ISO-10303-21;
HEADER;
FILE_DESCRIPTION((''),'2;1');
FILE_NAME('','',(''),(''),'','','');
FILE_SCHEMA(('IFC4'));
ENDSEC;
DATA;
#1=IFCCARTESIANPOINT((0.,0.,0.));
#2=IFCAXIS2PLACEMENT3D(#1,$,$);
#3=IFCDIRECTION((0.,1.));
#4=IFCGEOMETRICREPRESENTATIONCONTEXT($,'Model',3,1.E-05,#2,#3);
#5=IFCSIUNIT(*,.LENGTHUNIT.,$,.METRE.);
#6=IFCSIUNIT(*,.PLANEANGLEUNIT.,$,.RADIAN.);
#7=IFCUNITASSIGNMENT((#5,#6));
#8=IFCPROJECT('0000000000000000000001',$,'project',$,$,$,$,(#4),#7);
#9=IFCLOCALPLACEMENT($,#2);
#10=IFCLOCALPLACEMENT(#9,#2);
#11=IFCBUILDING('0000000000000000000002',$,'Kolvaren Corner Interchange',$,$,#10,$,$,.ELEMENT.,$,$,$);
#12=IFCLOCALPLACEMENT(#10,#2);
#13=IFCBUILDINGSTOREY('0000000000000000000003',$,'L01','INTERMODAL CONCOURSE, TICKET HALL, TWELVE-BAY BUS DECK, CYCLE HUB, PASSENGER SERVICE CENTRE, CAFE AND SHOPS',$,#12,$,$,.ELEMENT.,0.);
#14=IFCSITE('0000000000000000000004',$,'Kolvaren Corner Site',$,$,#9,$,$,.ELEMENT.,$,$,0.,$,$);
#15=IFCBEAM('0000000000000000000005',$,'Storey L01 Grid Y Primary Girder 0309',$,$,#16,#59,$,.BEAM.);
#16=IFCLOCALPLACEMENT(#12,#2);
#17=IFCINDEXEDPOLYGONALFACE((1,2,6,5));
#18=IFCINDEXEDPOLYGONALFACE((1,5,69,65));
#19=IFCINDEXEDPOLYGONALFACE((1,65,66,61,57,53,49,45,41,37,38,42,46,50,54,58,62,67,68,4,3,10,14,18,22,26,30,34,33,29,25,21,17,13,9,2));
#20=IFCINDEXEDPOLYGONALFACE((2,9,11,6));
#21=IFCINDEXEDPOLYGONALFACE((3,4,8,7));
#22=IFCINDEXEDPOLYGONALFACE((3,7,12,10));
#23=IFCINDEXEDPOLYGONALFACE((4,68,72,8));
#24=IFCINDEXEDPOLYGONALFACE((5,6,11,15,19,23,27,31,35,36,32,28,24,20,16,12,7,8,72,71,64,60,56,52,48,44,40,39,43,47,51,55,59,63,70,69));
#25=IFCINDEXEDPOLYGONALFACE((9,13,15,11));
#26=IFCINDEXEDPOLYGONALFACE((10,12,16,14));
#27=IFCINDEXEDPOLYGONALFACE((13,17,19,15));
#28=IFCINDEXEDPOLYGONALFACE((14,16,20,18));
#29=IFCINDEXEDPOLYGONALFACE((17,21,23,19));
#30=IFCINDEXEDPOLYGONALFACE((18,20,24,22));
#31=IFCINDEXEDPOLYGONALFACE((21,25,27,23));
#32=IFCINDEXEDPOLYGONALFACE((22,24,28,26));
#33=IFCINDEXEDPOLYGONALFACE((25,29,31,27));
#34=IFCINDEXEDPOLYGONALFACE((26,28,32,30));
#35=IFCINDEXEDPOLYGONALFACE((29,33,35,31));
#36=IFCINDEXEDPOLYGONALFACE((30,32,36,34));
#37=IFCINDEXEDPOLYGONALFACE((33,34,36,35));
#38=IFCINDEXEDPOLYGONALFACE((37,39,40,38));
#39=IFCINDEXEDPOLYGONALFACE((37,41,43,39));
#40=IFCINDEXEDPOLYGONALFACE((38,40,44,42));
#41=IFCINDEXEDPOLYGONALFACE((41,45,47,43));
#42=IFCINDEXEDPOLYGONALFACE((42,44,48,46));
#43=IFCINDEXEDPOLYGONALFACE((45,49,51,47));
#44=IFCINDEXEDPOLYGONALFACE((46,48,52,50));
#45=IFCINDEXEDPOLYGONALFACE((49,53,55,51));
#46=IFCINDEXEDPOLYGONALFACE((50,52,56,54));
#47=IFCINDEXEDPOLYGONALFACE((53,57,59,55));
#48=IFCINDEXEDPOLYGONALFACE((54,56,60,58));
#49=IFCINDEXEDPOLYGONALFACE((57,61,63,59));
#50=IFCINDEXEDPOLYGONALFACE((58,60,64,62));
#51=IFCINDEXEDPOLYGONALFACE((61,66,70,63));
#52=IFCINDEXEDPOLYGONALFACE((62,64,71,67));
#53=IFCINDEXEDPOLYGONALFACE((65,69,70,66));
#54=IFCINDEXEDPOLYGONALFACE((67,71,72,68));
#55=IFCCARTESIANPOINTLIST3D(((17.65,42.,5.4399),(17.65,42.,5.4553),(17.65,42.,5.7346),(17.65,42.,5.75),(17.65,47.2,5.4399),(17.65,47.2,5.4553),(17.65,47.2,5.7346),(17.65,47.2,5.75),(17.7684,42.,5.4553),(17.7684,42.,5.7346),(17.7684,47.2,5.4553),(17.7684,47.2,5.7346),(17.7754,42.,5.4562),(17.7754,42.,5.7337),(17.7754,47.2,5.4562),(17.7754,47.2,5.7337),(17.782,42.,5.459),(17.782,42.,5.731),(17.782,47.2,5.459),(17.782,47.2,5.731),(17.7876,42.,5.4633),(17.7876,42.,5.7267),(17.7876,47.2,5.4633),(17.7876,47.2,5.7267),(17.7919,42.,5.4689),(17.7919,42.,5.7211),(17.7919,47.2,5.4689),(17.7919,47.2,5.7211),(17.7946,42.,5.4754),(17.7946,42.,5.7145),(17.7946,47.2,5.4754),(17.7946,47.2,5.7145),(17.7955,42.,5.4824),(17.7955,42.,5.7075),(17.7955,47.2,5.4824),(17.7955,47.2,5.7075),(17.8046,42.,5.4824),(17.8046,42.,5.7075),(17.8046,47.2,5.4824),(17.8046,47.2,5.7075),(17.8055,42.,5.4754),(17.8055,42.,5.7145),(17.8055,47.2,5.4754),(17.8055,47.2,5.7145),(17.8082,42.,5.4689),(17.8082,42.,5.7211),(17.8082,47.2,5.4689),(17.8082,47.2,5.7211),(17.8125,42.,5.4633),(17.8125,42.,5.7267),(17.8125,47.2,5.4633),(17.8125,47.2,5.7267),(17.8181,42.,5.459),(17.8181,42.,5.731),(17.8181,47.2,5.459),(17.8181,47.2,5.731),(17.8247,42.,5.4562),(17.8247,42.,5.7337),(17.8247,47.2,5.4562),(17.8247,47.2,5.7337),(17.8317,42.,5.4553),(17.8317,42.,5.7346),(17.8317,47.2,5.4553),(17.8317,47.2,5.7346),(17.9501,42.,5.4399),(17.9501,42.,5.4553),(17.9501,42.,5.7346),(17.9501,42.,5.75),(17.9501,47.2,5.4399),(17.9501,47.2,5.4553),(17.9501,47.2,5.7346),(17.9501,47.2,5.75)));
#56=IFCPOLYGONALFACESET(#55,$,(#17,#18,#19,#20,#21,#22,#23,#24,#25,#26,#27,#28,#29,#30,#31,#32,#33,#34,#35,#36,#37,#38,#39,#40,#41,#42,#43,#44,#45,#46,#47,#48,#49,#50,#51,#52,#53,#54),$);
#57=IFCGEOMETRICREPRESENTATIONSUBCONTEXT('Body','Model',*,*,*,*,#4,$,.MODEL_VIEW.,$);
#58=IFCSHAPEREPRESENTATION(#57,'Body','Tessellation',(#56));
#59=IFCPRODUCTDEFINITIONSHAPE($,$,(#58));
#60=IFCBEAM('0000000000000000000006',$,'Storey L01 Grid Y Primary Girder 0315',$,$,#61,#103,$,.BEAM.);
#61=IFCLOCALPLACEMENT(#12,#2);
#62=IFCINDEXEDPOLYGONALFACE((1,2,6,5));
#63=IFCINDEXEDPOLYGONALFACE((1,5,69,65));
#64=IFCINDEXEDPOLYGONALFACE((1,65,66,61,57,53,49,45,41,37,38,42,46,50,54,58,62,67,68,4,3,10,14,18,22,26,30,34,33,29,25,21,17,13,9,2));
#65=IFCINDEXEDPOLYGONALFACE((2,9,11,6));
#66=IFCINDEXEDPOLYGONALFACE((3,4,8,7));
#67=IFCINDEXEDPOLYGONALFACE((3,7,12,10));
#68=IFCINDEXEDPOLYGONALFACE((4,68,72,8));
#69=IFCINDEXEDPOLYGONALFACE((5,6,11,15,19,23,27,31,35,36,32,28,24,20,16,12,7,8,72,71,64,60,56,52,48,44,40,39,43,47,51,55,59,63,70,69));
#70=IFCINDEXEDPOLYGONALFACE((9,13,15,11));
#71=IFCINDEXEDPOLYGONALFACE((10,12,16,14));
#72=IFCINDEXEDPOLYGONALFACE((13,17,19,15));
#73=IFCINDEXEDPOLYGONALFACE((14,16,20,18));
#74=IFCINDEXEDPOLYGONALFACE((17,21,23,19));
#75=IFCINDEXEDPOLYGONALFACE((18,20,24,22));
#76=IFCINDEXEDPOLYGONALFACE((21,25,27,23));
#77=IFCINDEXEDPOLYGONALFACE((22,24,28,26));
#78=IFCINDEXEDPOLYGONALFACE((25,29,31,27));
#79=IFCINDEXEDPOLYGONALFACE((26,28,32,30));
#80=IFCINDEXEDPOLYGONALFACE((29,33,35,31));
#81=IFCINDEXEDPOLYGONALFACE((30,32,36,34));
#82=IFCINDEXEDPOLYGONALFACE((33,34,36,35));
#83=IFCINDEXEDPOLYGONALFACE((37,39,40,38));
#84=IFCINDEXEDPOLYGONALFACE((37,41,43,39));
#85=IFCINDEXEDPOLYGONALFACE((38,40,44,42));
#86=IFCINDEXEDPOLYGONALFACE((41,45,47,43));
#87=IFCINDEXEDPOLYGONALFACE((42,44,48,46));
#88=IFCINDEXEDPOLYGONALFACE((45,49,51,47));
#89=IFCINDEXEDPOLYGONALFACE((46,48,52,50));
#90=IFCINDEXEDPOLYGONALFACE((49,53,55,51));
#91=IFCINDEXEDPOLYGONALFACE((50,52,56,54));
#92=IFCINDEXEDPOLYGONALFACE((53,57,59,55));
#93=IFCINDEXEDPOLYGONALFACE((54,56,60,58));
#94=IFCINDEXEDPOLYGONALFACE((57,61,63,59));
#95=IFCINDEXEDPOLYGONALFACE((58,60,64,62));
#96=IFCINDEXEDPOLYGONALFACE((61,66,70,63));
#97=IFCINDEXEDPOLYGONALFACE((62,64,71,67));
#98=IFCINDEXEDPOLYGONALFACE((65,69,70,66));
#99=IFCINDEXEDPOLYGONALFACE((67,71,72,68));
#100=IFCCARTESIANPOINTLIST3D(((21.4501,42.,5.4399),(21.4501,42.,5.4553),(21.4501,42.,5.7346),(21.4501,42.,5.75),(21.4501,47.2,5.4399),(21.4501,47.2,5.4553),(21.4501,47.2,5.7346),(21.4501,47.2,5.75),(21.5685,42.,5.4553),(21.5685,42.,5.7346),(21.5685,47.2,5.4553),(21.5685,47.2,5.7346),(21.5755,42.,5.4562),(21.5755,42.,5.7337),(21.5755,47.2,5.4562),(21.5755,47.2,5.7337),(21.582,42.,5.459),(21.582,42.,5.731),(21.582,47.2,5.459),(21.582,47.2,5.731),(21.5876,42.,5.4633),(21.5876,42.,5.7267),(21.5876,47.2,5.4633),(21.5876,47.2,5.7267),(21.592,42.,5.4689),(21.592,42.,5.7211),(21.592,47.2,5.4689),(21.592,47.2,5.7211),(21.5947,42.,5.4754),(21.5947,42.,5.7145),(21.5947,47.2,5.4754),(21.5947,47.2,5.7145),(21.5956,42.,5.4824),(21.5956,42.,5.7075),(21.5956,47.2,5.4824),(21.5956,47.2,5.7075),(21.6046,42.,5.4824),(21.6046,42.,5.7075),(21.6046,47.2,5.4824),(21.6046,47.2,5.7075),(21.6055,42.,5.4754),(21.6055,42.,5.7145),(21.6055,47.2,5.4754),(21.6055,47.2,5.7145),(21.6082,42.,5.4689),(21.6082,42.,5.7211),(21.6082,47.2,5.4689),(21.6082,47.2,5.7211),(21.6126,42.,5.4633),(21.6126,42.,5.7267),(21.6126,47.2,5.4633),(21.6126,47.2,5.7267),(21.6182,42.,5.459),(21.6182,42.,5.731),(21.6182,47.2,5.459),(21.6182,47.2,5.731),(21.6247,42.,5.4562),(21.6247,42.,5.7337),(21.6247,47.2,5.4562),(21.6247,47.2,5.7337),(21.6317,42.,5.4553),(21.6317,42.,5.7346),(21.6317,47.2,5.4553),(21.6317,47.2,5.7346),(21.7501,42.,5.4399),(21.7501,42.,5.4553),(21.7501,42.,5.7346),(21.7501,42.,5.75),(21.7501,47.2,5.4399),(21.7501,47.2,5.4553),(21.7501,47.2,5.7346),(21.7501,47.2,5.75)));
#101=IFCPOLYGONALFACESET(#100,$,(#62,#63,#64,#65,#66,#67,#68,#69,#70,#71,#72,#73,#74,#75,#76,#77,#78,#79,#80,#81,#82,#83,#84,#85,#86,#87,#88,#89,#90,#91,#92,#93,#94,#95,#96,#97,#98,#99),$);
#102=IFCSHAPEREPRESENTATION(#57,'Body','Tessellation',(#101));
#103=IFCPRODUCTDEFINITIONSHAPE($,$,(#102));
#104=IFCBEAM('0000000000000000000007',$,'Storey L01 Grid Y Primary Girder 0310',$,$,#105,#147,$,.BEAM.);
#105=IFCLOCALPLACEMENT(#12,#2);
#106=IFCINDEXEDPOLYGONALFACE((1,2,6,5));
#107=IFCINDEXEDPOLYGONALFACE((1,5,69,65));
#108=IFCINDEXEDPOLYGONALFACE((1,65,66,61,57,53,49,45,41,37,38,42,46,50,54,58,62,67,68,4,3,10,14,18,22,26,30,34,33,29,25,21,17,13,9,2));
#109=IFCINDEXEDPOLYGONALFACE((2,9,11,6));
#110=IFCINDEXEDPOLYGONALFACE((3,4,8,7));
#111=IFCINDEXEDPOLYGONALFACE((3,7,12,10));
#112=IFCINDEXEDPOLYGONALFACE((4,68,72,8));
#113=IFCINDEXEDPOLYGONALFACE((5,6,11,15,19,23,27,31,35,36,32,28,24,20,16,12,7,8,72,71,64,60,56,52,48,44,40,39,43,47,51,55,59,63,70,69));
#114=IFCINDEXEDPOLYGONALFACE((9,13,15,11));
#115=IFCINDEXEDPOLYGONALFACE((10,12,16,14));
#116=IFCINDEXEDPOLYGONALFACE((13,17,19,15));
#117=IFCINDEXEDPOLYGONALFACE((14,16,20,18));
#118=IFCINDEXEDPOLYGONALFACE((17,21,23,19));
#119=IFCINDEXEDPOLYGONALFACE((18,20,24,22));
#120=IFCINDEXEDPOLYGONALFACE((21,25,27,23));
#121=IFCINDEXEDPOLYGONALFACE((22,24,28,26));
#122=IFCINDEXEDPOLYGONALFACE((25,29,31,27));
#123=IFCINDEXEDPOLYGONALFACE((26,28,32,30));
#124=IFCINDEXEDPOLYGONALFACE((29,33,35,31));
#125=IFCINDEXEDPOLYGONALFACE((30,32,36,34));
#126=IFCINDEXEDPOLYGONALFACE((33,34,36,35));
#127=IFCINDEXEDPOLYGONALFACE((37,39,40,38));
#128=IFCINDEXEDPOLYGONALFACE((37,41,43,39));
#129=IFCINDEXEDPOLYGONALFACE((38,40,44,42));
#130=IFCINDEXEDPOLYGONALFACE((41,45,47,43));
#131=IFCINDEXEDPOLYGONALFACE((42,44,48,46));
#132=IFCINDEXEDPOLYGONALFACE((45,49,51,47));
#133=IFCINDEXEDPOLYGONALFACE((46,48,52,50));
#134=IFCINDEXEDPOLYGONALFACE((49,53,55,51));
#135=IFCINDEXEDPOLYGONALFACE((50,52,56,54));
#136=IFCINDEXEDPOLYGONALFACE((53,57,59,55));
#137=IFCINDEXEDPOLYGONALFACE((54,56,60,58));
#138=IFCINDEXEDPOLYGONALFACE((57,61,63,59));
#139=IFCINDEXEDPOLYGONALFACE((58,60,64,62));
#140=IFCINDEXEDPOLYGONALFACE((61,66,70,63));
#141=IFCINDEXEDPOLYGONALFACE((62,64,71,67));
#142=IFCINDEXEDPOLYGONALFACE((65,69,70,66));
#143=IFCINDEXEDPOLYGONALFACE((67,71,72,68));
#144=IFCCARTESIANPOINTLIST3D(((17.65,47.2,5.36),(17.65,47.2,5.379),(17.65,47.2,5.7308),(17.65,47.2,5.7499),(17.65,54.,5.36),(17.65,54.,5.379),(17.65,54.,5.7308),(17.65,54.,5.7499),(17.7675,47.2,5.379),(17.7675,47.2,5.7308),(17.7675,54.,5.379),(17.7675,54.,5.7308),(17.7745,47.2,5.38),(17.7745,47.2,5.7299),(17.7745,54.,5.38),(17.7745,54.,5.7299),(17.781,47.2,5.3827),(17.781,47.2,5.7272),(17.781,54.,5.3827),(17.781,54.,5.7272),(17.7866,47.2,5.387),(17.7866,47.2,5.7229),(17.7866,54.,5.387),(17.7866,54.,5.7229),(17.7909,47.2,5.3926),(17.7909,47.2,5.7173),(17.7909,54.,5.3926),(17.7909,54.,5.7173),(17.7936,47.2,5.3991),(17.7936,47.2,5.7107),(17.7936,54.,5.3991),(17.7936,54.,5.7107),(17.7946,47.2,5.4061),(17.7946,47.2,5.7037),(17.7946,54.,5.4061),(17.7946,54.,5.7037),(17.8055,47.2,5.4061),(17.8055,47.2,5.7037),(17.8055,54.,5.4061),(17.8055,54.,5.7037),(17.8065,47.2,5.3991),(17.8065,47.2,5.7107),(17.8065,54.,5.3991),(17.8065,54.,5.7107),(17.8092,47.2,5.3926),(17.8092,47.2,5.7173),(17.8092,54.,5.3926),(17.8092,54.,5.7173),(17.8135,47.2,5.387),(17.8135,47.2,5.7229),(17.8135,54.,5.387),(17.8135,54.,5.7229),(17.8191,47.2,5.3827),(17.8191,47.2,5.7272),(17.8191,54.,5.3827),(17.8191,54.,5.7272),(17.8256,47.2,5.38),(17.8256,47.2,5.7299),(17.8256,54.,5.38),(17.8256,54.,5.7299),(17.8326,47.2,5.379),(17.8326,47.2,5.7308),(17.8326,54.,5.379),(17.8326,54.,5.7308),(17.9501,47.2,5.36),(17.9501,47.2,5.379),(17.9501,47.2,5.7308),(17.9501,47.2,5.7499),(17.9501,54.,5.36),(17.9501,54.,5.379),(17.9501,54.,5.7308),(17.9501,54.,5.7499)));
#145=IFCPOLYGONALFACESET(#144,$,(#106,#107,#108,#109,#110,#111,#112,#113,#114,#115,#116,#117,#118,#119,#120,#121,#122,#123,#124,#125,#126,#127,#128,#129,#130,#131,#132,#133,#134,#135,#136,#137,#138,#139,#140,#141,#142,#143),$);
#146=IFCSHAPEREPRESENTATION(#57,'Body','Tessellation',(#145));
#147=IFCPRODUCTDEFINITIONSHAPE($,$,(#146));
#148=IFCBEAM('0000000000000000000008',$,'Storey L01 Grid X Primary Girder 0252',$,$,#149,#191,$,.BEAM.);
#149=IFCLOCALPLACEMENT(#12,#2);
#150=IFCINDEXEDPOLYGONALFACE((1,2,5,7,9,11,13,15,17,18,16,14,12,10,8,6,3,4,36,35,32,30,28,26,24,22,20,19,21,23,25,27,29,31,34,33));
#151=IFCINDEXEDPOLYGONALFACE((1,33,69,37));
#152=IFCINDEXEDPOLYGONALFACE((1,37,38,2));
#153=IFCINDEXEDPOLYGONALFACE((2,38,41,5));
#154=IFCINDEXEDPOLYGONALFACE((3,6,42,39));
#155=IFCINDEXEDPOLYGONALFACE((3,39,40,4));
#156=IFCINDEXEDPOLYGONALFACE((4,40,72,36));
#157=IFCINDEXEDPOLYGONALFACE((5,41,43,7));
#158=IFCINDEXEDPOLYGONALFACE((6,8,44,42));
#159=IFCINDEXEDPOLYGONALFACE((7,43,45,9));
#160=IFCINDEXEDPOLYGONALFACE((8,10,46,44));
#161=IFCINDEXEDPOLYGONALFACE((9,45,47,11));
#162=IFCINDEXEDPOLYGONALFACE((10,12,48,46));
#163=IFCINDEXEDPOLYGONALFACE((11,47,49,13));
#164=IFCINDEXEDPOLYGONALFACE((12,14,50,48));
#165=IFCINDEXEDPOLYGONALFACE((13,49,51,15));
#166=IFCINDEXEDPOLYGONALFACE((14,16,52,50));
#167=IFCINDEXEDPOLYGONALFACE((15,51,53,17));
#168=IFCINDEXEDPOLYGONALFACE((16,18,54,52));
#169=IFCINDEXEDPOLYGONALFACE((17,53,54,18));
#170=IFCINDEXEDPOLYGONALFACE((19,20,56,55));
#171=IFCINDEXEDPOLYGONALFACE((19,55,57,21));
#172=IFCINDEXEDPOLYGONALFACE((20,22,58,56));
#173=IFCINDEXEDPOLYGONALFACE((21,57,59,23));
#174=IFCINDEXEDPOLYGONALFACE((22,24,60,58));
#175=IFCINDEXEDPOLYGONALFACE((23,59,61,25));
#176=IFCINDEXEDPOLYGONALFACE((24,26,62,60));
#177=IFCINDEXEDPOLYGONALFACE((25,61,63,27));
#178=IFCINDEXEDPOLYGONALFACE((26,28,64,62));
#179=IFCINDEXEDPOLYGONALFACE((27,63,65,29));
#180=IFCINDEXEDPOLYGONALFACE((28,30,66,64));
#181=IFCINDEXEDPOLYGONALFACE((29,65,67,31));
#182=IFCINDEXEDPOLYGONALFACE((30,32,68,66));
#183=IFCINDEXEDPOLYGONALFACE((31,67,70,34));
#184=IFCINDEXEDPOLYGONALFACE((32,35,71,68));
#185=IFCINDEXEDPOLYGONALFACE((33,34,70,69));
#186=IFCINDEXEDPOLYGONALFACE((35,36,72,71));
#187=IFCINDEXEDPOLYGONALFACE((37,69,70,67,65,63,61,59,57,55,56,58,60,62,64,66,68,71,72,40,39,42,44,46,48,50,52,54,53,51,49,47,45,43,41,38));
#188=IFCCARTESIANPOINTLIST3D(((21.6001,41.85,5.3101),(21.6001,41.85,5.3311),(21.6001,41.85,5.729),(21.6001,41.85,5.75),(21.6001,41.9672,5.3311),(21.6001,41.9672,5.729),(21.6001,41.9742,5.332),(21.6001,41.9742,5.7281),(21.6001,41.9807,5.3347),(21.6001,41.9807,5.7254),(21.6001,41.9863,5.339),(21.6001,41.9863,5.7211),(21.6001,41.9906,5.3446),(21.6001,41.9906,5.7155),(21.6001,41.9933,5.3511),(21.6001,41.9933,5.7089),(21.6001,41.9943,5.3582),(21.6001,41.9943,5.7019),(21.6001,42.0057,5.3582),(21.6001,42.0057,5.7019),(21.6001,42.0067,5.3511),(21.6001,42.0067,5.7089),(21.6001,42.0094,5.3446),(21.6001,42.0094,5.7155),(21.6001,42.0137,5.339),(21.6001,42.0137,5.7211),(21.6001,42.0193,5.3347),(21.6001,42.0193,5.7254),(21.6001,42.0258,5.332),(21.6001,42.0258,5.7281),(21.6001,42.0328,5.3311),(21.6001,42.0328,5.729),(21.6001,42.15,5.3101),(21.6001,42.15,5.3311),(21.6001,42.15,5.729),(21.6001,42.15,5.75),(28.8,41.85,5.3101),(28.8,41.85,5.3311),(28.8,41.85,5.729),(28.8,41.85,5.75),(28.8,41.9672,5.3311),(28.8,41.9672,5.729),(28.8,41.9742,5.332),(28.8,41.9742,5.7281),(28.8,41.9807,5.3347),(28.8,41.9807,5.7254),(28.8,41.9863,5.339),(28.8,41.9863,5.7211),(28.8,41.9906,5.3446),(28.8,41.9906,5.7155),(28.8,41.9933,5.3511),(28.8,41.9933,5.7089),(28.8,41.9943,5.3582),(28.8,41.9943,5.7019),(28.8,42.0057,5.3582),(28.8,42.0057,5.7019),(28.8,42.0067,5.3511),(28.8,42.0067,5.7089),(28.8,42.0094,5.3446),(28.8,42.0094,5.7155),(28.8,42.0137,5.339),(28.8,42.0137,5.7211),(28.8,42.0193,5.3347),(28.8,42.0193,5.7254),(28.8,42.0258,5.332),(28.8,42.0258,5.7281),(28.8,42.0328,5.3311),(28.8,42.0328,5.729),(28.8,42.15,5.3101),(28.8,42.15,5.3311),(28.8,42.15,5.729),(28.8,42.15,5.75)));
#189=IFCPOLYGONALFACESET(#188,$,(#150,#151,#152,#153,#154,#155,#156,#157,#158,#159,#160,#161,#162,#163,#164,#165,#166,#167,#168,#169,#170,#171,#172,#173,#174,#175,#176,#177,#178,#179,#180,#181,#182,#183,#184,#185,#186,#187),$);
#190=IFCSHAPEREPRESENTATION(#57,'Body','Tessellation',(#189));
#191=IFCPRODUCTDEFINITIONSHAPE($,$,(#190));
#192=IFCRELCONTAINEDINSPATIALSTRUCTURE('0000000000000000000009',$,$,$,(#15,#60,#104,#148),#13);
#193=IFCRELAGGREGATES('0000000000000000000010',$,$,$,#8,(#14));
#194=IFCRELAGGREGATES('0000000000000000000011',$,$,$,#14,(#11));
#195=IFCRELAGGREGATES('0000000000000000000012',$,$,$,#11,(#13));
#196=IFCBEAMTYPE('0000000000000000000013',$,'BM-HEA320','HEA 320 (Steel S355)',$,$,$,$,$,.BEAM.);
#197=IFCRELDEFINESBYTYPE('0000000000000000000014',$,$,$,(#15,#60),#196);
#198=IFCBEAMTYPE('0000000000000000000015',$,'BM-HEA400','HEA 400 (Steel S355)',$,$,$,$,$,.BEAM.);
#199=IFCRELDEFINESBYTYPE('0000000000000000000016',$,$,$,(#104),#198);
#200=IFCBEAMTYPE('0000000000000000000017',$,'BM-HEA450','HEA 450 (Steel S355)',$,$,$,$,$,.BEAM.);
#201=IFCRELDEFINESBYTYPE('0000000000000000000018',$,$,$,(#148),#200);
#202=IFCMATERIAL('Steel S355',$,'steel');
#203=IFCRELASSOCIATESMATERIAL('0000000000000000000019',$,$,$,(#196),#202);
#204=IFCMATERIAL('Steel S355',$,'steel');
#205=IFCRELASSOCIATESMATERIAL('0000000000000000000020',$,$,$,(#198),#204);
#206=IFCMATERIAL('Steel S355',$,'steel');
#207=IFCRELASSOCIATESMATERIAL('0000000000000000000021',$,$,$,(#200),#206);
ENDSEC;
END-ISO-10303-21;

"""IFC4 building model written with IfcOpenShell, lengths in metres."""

from ifc_helpers import new_model, si_unit, direction, frame, origin, origin_2d, place, context, subcontext, project, spatial, i_section, extrude, material, material_profile, profile_set, type_object, element, save


model = new_model("IFC4")

# Units and contexts
model_context = context("Model", 3, precision=1e-05, world=origin(), true_north=direction((0.0, 1.0)))
body_context = subcontext(model_context, "Body", "Model", "MODEL_VIEW")
ifc_project = project(units=[si_unit("LENGTHUNIT", "METRE"), si_unit("PLANEANGLEUNIT", "RADIAN")], contexts=[model_context])

# Site, building, storey
site_placement = place(None, origin())
site = spatial("IfcSite", under=ifc_project, at=site_placement, Name="Kolvaren Corner Site", CompositionType="ELEMENT", RefElevation=0.0)
building_placement = place(site_placement, origin())
building = spatial("IfcBuilding", under=site, at=building_placement, Name="Kolvaren Corner Interchange", CompositionType="ELEMENT")
storey_placement = place(building_placement, origin())
storey = spatial("IfcBuildingStorey", under=building, at=storey_placement, Name="L01", Description="INTERMODAL CONCOURSE, TICKET HALL, TWELVE-BAY BUS DECK, CYCLE HUB, PASSENGER SERVICE CENTRE, CAFE AND SHOPS", CompositionType="ELEMENT", Elevation=0.0)

# Beams
ifc_material_1 = material(Name="Steel S355", Category="steel")
ifc_material_profile_1 = material_profile(ifc_material_1, i_section(OverallWidth=0.3, OverallDepth=0.3101, WebThickness=0.009, FlangeThickness=0.0154, FilletRadius=0.0271, at=origin_2d()), Name="HEA 320")
ifc_profile_set_1 = profile_set([ifc_material_profile_1], Name="Steel S355")
beam_type_1 = type_object("IfcBeamType", Name="BM-HEA320", Description="HEA 320 (Steel S355)", PredefinedType="BEAM", material=ifc_profile_set_1)
for number, where, z_axis, x_axis, name in (
    (1, (17.8, 42.0, 5.595), (0.0, 1.0, 0.0), (-1.0, 0.0, 0.0), "Storey L01 Grid Y Primary Girder 0309"),
    (2, (21.6001, 42.0, 5.595), (0.0, 1.0, 0.0), (-1.0, 0.0, 0.0), "Storey L01 Grid Y Primary Girder 0315"),
):
    element("IfcBeam", number, at=place(storey_placement, frame(where, z_axis=z_axis, x_axis=x_axis)), inside=storey, type_object=beam_type_1, Name=name, PredefinedType="BEAM", context=body_context, shape_type="SweptSolid", body=[
        extrude(i_section(OverallWidth=0.3, OverallDepth=0.3101, WebThickness=0.009, FlangeThickness=0.0154, FilletRadius=0.0271, at=origin_2d()), origin(), (0.0, 0.0, 1.0), 5.2),
    ])
ifc_material_2 = material(Name="Steel S355", Category="steel")
ifc_material_profile_2 = material_profile(ifc_material_2, i_section(OverallWidth=0.3, OverallDepth=0.3899, WebThickness=0.011, FlangeThickness=0.019, FilletRadius=0.0271, at=origin_2d()), Name="HEA 400")
ifc_profile_set_2 = profile_set([ifc_material_profile_2], Name="Steel S355")
beam_type_2 = type_object("IfcBeamType", Name="BM-HEA400", Description="HEA 400 (Steel S355)", PredefinedType="BEAM", material=ifc_profile_set_2)
beam_placement = place(storey_placement, frame((17.8, 47.2, 5.5549), z_axis=(0.0, 1.0, 0.0), x_axis=(-1.0, 0.0, 0.0)))
element("IfcBeam", 3, at=beam_placement, inside=storey, type_object=beam_type_2, Name="Storey L01 Grid Y Primary Girder 0310", PredefinedType="BEAM", context=body_context, shape_type="SweptSolid", body=[
    extrude(i_section(OverallWidth=0.3, OverallDepth=0.3899, WebThickness=0.011, FlangeThickness=0.019, FilletRadius=0.0271, at=origin_2d()), origin(), (0.0, 0.0, 1.0), 6.8),
])
ifc_material_3 = material(Name="Steel S355", Category="steel")
ifc_material_profile_3 = material_profile(ifc_material_3, i_section(OverallWidth=0.3, OverallDepth=0.4399, WebThickness=0.0115, FlangeThickness=0.021, FilletRadius=0.0271, at=origin_2d()), Name="HEA 450")
ifc_profile_set_3 = profile_set([ifc_material_profile_3], Name="Steel S355")
beam_type_3 = type_object("IfcBeamType", Name="BM-HEA450", Description="HEA 450 (Steel S355)", PredefinedType="BEAM", material=ifc_profile_set_3)
for number, where, z_axis, x_axis, name in (
    (4, (21.6001, 42.0, 5.53), (1.0, 0.0, 0.0), (0.0, 1.0, 0.0), "Storey L01 Grid X Primary Girder 0252"),
):
    element("IfcBeam", number, at=place(storey_placement, frame(where, z_axis=z_axis, x_axis=x_axis)), inside=storey, type_object=beam_type_3, Name=name, PredefinedType="BEAM", context=body_context, shape_type="SweptSolid", body=[
        extrude(i_section(OverallWidth=0.3, OverallDepth=0.4399, WebThickness=0.0115, FlangeThickness=0.021, FilletRadius=0.0271, at=origin_2d()), origin(), (0.0, 0.0, 1.0), 7.2),
    ])

save(model, "model.ifc")
